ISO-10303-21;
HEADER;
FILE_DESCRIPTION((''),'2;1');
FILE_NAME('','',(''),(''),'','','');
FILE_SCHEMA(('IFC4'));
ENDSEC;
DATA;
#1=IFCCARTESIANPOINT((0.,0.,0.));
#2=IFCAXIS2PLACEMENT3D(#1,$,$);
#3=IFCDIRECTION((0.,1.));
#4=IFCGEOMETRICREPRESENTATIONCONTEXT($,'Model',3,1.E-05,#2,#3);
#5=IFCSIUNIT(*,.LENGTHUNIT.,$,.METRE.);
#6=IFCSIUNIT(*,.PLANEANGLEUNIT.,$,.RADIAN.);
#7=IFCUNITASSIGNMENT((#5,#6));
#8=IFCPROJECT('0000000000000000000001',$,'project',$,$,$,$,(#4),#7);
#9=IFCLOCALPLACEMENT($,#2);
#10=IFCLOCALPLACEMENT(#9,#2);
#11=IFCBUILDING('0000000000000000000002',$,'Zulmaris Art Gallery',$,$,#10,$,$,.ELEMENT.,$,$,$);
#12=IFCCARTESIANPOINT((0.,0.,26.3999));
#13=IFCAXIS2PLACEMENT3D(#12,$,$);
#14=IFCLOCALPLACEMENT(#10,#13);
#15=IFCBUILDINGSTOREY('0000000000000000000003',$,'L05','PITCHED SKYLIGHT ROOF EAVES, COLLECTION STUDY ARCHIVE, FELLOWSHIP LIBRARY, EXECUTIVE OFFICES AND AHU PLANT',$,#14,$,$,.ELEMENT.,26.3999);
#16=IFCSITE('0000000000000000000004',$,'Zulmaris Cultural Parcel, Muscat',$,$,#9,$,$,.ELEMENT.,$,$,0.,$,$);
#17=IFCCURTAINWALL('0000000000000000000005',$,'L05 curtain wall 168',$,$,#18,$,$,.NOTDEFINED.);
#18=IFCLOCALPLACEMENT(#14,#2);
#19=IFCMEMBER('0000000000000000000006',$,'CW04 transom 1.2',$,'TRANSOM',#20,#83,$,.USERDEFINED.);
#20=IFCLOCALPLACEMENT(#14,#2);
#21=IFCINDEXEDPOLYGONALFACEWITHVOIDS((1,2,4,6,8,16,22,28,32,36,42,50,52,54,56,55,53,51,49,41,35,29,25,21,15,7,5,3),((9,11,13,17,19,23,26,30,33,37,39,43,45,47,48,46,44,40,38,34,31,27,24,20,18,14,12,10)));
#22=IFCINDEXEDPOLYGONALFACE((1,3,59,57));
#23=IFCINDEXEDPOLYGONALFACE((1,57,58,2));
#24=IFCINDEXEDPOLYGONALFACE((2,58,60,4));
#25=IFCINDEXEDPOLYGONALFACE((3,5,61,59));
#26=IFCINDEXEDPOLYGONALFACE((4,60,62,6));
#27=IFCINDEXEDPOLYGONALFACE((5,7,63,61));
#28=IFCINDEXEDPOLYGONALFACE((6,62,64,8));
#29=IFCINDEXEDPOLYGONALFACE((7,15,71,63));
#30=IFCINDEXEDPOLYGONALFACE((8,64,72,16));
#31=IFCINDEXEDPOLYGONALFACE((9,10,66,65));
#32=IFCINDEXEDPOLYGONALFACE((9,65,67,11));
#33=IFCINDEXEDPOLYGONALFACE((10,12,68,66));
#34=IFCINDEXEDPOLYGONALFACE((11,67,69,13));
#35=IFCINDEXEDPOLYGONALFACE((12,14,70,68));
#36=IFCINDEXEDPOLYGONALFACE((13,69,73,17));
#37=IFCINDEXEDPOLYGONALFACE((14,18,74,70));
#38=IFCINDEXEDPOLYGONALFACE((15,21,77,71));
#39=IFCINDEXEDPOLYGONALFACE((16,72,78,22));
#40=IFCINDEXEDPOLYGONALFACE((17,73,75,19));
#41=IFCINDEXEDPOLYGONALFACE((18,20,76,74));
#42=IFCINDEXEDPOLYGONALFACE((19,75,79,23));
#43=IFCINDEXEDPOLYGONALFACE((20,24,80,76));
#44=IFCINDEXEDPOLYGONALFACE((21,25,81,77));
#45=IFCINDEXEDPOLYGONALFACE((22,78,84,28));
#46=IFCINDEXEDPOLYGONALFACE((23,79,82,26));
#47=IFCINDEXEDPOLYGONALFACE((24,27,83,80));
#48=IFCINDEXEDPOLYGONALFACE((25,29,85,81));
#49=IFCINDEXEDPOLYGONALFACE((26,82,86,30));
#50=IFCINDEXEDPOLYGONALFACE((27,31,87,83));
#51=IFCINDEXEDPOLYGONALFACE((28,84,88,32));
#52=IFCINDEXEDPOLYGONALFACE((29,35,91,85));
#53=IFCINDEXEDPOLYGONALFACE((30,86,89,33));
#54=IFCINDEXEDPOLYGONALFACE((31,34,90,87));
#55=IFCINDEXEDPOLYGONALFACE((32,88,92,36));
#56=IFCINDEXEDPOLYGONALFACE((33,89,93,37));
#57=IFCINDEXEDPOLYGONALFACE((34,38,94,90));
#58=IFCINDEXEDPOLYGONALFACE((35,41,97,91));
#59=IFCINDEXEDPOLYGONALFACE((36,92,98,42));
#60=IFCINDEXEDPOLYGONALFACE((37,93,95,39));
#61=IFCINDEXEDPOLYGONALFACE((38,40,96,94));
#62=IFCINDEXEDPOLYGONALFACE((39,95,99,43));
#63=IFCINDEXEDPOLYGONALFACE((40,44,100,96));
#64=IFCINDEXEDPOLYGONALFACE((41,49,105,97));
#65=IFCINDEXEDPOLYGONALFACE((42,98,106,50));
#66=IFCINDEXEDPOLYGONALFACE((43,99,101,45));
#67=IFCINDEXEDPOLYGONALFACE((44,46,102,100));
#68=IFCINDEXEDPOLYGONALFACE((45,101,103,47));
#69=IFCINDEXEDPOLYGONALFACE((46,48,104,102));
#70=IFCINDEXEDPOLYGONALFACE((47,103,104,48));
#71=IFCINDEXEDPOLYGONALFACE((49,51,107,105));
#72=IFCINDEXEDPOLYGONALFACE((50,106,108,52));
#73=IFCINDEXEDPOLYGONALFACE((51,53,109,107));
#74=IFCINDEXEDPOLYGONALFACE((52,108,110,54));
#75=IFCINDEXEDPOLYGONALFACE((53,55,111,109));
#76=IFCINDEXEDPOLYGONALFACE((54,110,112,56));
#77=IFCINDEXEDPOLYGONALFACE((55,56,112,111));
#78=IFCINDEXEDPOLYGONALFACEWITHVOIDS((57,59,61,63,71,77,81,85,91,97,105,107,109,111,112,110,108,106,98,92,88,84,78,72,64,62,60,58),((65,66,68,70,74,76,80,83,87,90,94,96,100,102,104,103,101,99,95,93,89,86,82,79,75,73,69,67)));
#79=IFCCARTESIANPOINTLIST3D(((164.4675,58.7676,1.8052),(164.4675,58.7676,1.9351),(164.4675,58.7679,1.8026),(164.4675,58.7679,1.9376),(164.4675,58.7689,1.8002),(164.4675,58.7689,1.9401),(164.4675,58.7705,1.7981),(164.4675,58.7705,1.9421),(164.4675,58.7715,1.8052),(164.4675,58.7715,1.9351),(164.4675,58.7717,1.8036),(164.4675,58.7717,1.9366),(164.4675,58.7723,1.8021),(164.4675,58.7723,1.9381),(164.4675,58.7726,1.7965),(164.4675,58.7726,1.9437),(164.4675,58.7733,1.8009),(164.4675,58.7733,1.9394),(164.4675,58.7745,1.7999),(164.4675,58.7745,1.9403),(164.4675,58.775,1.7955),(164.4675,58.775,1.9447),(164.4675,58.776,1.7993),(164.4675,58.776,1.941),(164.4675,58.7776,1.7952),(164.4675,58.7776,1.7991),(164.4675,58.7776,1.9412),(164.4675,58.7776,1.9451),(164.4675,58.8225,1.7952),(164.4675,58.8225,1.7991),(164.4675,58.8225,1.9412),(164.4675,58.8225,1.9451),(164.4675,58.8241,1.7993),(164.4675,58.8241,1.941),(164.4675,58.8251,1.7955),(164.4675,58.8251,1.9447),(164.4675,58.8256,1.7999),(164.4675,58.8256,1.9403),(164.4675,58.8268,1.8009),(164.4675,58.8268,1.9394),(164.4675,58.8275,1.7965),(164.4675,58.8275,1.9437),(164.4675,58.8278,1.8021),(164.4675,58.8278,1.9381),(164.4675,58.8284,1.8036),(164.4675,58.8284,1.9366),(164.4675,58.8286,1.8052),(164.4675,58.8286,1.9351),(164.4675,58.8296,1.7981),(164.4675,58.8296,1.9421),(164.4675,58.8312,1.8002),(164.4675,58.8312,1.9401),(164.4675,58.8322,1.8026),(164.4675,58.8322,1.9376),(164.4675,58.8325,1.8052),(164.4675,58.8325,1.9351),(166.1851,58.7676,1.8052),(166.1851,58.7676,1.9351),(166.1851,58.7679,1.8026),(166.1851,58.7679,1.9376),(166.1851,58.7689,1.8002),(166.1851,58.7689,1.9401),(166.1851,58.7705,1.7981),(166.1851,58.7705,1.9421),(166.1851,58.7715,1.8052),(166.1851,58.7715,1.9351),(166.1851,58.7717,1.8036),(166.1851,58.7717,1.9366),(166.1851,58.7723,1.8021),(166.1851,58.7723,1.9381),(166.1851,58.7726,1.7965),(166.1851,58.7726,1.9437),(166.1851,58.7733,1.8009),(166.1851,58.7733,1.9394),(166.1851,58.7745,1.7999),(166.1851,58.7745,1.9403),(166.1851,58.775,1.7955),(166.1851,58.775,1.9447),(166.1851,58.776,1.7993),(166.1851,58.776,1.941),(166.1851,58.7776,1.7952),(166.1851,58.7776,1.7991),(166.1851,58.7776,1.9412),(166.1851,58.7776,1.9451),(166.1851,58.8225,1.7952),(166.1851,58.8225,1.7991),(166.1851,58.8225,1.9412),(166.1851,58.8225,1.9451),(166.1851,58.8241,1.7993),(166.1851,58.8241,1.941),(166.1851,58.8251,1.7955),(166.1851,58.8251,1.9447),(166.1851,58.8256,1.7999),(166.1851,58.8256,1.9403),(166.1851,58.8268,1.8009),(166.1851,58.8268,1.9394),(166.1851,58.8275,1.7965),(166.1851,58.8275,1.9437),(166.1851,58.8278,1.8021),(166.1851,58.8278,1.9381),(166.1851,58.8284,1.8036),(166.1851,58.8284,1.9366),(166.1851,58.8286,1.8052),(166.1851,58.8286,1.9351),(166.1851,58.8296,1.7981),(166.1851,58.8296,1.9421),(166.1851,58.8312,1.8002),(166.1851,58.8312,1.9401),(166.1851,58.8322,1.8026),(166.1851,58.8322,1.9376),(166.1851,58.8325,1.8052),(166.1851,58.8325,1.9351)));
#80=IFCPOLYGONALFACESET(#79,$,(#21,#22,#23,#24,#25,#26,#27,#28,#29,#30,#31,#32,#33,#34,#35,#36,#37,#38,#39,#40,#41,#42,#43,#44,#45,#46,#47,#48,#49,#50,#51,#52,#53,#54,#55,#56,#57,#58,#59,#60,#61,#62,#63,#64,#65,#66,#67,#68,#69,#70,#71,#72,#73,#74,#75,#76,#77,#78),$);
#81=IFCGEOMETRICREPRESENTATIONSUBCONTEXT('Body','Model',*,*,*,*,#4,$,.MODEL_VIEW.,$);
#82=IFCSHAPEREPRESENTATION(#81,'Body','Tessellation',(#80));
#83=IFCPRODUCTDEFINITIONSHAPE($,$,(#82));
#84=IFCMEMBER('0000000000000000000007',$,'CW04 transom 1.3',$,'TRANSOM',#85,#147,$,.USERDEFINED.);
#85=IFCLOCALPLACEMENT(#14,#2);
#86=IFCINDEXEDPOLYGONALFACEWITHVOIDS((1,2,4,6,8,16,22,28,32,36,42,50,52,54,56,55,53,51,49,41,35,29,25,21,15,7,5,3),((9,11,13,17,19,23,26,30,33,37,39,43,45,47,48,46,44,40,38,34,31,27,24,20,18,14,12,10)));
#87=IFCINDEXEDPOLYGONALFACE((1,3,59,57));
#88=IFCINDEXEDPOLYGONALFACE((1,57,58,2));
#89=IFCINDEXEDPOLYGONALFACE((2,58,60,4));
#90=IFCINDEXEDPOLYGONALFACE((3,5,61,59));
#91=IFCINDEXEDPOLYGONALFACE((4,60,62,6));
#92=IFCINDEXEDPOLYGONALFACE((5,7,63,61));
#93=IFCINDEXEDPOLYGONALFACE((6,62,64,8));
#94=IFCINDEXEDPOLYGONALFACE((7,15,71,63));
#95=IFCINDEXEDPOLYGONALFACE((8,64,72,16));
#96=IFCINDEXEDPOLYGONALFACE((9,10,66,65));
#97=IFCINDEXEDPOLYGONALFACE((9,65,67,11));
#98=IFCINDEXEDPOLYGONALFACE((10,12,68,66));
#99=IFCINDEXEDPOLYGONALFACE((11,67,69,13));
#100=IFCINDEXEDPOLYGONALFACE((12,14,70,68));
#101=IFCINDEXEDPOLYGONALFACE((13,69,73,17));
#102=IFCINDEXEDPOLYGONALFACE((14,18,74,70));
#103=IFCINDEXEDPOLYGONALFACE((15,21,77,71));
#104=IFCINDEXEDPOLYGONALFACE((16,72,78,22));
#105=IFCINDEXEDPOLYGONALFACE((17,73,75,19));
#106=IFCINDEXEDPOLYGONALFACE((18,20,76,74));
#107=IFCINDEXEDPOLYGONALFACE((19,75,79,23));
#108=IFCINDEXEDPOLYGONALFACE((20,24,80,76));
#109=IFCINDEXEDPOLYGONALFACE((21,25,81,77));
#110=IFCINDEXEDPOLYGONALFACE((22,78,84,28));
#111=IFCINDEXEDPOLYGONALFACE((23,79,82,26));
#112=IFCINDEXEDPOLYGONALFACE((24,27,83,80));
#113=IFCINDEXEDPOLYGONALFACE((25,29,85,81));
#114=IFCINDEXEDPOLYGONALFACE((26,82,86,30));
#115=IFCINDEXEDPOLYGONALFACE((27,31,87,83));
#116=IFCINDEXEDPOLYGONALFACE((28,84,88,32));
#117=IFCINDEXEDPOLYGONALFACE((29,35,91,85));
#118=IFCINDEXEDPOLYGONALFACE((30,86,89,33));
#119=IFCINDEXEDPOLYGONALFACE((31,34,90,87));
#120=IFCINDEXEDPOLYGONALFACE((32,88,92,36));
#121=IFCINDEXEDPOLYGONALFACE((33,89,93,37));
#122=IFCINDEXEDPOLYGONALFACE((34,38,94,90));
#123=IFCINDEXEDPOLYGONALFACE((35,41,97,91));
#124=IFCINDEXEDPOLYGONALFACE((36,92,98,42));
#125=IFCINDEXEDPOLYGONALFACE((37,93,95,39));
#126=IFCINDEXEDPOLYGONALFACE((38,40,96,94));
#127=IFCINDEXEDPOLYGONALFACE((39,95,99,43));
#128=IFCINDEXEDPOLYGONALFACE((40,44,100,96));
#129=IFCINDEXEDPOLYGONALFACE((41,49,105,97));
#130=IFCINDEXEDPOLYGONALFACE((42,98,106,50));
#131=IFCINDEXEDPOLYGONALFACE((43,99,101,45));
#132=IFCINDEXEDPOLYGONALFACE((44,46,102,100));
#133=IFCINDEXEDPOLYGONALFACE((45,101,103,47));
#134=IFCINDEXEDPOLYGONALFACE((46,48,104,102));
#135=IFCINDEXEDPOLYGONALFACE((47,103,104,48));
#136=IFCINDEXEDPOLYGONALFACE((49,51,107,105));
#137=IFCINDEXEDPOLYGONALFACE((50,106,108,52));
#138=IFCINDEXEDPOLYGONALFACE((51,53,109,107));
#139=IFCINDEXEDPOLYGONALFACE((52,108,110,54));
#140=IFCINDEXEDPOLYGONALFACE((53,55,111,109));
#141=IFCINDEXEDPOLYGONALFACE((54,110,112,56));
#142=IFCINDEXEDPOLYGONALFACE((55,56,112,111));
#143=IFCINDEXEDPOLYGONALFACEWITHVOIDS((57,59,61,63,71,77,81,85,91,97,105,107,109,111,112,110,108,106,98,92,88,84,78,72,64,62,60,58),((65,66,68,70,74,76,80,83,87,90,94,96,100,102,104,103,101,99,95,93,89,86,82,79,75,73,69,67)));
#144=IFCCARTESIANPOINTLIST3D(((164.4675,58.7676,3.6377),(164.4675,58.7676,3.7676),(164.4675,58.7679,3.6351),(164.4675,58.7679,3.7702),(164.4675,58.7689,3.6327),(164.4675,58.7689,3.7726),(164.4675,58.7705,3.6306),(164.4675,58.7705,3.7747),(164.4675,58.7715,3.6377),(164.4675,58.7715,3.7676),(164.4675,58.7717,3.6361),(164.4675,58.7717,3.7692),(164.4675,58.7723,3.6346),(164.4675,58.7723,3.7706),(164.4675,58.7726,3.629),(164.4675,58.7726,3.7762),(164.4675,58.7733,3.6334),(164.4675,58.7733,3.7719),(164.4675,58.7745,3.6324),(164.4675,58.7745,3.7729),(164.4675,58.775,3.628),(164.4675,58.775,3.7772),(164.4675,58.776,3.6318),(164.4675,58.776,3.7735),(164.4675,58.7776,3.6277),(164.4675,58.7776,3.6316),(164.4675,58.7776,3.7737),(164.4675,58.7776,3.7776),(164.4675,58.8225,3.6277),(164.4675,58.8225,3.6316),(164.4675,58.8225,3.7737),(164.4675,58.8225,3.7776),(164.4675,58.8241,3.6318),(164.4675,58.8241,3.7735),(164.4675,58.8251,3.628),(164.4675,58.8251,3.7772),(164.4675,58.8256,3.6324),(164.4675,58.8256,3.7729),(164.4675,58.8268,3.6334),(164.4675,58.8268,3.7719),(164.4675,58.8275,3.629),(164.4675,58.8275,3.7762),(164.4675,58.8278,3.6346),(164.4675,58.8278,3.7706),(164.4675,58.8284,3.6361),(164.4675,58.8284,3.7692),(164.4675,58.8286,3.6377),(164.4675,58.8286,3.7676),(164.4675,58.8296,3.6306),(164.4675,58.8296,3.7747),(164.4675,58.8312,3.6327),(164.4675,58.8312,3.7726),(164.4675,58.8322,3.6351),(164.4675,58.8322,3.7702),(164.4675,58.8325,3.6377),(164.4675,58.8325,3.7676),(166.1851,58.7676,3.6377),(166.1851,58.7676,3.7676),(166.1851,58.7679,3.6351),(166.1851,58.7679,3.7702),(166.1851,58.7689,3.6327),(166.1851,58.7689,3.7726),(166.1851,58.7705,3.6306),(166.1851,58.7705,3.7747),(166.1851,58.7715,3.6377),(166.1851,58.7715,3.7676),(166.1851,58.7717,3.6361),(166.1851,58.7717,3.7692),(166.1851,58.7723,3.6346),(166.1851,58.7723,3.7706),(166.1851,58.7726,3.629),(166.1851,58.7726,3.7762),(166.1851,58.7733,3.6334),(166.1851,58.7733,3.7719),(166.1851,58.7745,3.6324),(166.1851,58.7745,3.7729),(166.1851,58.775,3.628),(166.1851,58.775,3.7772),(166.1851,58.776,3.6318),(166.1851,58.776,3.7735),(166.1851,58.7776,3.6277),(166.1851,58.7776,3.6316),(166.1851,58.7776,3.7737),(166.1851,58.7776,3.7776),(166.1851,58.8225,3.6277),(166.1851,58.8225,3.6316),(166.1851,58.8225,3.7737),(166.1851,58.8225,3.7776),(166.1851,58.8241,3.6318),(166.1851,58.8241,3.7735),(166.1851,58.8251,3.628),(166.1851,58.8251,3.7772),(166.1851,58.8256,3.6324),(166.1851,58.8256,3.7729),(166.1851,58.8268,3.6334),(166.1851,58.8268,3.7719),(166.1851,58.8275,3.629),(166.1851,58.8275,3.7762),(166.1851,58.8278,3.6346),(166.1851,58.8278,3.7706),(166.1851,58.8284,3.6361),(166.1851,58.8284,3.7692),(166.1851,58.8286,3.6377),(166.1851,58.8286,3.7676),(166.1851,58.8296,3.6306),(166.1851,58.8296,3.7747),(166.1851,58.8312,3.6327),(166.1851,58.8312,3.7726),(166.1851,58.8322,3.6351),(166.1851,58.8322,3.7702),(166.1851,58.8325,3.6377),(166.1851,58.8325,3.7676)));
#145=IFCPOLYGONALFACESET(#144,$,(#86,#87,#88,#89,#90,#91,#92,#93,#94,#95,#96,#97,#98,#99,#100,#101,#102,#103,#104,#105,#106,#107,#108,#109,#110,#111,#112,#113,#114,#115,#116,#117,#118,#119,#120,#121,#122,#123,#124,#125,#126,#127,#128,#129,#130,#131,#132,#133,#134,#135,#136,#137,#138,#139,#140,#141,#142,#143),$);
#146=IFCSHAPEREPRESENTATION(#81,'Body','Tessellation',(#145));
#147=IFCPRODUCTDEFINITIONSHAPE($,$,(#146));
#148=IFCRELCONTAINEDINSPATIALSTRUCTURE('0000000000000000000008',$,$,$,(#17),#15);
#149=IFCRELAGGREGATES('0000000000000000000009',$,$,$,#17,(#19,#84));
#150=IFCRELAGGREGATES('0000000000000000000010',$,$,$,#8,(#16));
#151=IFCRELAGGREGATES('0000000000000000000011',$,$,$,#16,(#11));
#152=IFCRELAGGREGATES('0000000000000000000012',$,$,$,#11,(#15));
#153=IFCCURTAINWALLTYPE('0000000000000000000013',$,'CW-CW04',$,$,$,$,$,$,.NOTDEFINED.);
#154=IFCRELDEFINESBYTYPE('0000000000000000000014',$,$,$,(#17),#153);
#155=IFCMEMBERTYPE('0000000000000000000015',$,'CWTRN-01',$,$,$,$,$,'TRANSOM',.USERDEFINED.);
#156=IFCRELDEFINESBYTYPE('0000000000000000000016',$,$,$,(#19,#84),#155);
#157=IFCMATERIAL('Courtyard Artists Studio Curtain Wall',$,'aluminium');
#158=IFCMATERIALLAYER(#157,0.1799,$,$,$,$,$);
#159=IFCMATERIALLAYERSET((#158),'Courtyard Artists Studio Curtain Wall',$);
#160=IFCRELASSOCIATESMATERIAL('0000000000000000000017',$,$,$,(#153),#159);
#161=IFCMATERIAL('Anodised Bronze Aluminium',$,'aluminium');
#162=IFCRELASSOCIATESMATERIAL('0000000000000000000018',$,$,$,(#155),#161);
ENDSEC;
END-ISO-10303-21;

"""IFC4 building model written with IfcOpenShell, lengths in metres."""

from ifc_helpers import new_model, si_unit, direction, frame, origin, origin_2d, place, context, subcontext, project, spatial, hollow_rectangle, extrude, material, layer, layer_set, material_profile, profile_set, type_object, element, aggregate, save


model = new_model("IFC4")

# Units and contexts
model_context = context("Model", 3, precision=1e-05, world=origin(), true_north=direction((0.0, 1.0)))
body_context = subcontext(model_context, "Body", "Model", "MODEL_VIEW")
ifc_project = project(units=[si_unit("LENGTHUNIT", "METRE"), si_unit("PLANEANGLEUNIT", "RADIAN")], contexts=[model_context])

# Site, building, storey
site_placement = place(None, origin())
site = spatial("IfcSite", under=ifc_project, at=site_placement, Name="Zulmaris Cultural Parcel, Muscat", CompositionType="ELEMENT", RefElevation=0.0)
building_placement = place(site_placement, origin())
building = spatial("IfcBuilding", under=site, at=building_placement, Name="Zulmaris Art Gallery", CompositionType="ELEMENT")
storey_placement = place(building_placement, frame((0.0, 0.0, 26.3999)))
storey = spatial("IfcBuildingStorey", under=building, at=storey_placement, Name="L05", Description="PITCHED SKYLIGHT ROOF EAVES, COLLECTION STUDY ARCHIVE, FELLOWSHIP LIBRARY, EXECUTIVE OFFICES AND AHU PLANT", CompositionType="ELEMENT", Elevation=26.3999)

# Curtain wall
ifc_material_1 = material(Name="Courtyard Artists Studio Curtain Wall", Category="aluminium")
ifc_layer_1 = layer(ifc_material_1, 0.1799)
ifc_layer_set_1 = layer_set([ifc_layer_1], Name="Courtyard Artists Studio Curtain Wall")
curtain_wall_type = type_object("IfcCurtainWallType", Name="CW-CW04", PredefinedType="NOTDEFINED", material=ifc_layer_set_1)
curtain_wall_1_placement = place(storey_placement, origin())
curtain_wall_1 = element("IfcCurtainWall", 1, at=curtain_wall_1_placement, inside=storey, type_object=curtain_wall_type, Name="L05 curtain wall 168", PredefinedType="NOTDEFINED")
ifc_material_2 = material(Name="Anodised Bronze Aluminium", Category="aluminium")

# Members
ifc_material_profile_1 = material_profile(ifc_material_2, hollow_rectangle(XDim=0.0649, YDim=0.1499, WallThickness=0.0039, InnerFilletRadius=0.0061, OuterFilletRadius=0.01, at=origin_2d()), Name="ALU 65x150x4")
ifc_profile_set_1 = profile_set([ifc_material_profile_1], Name="Anodised Bronze Aluminium")
member_type_1 = type_object("IfcMemberType", Name="CWTRN-01", ElementType="TRANSOM", PredefinedType="USERDEFINED", material=ifc_profile_set_1)
member_1_placement = place(storey_placement, frame((166.1851, 58.8, 1.8701), z_axis=(-1.0, 0.0, 0.0), x_axis=(0.0, -1.0, 0.0)))
member_1 = element("IfcMember", 2, at=member_1_placement, type_object=member_type_1, Name="CW04 transom 1.2", ObjectType="TRANSOM", PredefinedType="USERDEFINED", context=body_context, shape_type="SweptSolid", body=[
    extrude(hollow_rectangle(XDim=0.0649, YDim=0.1499, WallThickness=0.0039, InnerFilletRadius=0.0061, OuterFilletRadius=0.01, at=origin_2d()), origin(), (0.0, 0.0, 1.0), 1.7175),
])
member_2_placement = place(storey_placement, frame((166.1851, 58.8, 3.7026), z_axis=(-1.0, 0.0, 0.0), x_axis=(0.0, -1.0, 0.0)))
member_2 = element("IfcMember", 3, at=member_2_placement, type_object=member_type_1, Name="CW04 transom 1.3", ObjectType="TRANSOM", PredefinedType="USERDEFINED", context=body_context, shape_type="SweptSolid", body=[
    extrude(hollow_rectangle(XDim=0.0649, YDim=0.1499, WallThickness=0.0039, InnerFilletRadius=0.0061, OuterFilletRadius=0.01, at=origin_2d()), origin(), (0.0, 0.0, 1.0), 1.7175),
])

aggregate(curtain_wall_1, [member_1, member_2])

save(model, "model.ifc")
